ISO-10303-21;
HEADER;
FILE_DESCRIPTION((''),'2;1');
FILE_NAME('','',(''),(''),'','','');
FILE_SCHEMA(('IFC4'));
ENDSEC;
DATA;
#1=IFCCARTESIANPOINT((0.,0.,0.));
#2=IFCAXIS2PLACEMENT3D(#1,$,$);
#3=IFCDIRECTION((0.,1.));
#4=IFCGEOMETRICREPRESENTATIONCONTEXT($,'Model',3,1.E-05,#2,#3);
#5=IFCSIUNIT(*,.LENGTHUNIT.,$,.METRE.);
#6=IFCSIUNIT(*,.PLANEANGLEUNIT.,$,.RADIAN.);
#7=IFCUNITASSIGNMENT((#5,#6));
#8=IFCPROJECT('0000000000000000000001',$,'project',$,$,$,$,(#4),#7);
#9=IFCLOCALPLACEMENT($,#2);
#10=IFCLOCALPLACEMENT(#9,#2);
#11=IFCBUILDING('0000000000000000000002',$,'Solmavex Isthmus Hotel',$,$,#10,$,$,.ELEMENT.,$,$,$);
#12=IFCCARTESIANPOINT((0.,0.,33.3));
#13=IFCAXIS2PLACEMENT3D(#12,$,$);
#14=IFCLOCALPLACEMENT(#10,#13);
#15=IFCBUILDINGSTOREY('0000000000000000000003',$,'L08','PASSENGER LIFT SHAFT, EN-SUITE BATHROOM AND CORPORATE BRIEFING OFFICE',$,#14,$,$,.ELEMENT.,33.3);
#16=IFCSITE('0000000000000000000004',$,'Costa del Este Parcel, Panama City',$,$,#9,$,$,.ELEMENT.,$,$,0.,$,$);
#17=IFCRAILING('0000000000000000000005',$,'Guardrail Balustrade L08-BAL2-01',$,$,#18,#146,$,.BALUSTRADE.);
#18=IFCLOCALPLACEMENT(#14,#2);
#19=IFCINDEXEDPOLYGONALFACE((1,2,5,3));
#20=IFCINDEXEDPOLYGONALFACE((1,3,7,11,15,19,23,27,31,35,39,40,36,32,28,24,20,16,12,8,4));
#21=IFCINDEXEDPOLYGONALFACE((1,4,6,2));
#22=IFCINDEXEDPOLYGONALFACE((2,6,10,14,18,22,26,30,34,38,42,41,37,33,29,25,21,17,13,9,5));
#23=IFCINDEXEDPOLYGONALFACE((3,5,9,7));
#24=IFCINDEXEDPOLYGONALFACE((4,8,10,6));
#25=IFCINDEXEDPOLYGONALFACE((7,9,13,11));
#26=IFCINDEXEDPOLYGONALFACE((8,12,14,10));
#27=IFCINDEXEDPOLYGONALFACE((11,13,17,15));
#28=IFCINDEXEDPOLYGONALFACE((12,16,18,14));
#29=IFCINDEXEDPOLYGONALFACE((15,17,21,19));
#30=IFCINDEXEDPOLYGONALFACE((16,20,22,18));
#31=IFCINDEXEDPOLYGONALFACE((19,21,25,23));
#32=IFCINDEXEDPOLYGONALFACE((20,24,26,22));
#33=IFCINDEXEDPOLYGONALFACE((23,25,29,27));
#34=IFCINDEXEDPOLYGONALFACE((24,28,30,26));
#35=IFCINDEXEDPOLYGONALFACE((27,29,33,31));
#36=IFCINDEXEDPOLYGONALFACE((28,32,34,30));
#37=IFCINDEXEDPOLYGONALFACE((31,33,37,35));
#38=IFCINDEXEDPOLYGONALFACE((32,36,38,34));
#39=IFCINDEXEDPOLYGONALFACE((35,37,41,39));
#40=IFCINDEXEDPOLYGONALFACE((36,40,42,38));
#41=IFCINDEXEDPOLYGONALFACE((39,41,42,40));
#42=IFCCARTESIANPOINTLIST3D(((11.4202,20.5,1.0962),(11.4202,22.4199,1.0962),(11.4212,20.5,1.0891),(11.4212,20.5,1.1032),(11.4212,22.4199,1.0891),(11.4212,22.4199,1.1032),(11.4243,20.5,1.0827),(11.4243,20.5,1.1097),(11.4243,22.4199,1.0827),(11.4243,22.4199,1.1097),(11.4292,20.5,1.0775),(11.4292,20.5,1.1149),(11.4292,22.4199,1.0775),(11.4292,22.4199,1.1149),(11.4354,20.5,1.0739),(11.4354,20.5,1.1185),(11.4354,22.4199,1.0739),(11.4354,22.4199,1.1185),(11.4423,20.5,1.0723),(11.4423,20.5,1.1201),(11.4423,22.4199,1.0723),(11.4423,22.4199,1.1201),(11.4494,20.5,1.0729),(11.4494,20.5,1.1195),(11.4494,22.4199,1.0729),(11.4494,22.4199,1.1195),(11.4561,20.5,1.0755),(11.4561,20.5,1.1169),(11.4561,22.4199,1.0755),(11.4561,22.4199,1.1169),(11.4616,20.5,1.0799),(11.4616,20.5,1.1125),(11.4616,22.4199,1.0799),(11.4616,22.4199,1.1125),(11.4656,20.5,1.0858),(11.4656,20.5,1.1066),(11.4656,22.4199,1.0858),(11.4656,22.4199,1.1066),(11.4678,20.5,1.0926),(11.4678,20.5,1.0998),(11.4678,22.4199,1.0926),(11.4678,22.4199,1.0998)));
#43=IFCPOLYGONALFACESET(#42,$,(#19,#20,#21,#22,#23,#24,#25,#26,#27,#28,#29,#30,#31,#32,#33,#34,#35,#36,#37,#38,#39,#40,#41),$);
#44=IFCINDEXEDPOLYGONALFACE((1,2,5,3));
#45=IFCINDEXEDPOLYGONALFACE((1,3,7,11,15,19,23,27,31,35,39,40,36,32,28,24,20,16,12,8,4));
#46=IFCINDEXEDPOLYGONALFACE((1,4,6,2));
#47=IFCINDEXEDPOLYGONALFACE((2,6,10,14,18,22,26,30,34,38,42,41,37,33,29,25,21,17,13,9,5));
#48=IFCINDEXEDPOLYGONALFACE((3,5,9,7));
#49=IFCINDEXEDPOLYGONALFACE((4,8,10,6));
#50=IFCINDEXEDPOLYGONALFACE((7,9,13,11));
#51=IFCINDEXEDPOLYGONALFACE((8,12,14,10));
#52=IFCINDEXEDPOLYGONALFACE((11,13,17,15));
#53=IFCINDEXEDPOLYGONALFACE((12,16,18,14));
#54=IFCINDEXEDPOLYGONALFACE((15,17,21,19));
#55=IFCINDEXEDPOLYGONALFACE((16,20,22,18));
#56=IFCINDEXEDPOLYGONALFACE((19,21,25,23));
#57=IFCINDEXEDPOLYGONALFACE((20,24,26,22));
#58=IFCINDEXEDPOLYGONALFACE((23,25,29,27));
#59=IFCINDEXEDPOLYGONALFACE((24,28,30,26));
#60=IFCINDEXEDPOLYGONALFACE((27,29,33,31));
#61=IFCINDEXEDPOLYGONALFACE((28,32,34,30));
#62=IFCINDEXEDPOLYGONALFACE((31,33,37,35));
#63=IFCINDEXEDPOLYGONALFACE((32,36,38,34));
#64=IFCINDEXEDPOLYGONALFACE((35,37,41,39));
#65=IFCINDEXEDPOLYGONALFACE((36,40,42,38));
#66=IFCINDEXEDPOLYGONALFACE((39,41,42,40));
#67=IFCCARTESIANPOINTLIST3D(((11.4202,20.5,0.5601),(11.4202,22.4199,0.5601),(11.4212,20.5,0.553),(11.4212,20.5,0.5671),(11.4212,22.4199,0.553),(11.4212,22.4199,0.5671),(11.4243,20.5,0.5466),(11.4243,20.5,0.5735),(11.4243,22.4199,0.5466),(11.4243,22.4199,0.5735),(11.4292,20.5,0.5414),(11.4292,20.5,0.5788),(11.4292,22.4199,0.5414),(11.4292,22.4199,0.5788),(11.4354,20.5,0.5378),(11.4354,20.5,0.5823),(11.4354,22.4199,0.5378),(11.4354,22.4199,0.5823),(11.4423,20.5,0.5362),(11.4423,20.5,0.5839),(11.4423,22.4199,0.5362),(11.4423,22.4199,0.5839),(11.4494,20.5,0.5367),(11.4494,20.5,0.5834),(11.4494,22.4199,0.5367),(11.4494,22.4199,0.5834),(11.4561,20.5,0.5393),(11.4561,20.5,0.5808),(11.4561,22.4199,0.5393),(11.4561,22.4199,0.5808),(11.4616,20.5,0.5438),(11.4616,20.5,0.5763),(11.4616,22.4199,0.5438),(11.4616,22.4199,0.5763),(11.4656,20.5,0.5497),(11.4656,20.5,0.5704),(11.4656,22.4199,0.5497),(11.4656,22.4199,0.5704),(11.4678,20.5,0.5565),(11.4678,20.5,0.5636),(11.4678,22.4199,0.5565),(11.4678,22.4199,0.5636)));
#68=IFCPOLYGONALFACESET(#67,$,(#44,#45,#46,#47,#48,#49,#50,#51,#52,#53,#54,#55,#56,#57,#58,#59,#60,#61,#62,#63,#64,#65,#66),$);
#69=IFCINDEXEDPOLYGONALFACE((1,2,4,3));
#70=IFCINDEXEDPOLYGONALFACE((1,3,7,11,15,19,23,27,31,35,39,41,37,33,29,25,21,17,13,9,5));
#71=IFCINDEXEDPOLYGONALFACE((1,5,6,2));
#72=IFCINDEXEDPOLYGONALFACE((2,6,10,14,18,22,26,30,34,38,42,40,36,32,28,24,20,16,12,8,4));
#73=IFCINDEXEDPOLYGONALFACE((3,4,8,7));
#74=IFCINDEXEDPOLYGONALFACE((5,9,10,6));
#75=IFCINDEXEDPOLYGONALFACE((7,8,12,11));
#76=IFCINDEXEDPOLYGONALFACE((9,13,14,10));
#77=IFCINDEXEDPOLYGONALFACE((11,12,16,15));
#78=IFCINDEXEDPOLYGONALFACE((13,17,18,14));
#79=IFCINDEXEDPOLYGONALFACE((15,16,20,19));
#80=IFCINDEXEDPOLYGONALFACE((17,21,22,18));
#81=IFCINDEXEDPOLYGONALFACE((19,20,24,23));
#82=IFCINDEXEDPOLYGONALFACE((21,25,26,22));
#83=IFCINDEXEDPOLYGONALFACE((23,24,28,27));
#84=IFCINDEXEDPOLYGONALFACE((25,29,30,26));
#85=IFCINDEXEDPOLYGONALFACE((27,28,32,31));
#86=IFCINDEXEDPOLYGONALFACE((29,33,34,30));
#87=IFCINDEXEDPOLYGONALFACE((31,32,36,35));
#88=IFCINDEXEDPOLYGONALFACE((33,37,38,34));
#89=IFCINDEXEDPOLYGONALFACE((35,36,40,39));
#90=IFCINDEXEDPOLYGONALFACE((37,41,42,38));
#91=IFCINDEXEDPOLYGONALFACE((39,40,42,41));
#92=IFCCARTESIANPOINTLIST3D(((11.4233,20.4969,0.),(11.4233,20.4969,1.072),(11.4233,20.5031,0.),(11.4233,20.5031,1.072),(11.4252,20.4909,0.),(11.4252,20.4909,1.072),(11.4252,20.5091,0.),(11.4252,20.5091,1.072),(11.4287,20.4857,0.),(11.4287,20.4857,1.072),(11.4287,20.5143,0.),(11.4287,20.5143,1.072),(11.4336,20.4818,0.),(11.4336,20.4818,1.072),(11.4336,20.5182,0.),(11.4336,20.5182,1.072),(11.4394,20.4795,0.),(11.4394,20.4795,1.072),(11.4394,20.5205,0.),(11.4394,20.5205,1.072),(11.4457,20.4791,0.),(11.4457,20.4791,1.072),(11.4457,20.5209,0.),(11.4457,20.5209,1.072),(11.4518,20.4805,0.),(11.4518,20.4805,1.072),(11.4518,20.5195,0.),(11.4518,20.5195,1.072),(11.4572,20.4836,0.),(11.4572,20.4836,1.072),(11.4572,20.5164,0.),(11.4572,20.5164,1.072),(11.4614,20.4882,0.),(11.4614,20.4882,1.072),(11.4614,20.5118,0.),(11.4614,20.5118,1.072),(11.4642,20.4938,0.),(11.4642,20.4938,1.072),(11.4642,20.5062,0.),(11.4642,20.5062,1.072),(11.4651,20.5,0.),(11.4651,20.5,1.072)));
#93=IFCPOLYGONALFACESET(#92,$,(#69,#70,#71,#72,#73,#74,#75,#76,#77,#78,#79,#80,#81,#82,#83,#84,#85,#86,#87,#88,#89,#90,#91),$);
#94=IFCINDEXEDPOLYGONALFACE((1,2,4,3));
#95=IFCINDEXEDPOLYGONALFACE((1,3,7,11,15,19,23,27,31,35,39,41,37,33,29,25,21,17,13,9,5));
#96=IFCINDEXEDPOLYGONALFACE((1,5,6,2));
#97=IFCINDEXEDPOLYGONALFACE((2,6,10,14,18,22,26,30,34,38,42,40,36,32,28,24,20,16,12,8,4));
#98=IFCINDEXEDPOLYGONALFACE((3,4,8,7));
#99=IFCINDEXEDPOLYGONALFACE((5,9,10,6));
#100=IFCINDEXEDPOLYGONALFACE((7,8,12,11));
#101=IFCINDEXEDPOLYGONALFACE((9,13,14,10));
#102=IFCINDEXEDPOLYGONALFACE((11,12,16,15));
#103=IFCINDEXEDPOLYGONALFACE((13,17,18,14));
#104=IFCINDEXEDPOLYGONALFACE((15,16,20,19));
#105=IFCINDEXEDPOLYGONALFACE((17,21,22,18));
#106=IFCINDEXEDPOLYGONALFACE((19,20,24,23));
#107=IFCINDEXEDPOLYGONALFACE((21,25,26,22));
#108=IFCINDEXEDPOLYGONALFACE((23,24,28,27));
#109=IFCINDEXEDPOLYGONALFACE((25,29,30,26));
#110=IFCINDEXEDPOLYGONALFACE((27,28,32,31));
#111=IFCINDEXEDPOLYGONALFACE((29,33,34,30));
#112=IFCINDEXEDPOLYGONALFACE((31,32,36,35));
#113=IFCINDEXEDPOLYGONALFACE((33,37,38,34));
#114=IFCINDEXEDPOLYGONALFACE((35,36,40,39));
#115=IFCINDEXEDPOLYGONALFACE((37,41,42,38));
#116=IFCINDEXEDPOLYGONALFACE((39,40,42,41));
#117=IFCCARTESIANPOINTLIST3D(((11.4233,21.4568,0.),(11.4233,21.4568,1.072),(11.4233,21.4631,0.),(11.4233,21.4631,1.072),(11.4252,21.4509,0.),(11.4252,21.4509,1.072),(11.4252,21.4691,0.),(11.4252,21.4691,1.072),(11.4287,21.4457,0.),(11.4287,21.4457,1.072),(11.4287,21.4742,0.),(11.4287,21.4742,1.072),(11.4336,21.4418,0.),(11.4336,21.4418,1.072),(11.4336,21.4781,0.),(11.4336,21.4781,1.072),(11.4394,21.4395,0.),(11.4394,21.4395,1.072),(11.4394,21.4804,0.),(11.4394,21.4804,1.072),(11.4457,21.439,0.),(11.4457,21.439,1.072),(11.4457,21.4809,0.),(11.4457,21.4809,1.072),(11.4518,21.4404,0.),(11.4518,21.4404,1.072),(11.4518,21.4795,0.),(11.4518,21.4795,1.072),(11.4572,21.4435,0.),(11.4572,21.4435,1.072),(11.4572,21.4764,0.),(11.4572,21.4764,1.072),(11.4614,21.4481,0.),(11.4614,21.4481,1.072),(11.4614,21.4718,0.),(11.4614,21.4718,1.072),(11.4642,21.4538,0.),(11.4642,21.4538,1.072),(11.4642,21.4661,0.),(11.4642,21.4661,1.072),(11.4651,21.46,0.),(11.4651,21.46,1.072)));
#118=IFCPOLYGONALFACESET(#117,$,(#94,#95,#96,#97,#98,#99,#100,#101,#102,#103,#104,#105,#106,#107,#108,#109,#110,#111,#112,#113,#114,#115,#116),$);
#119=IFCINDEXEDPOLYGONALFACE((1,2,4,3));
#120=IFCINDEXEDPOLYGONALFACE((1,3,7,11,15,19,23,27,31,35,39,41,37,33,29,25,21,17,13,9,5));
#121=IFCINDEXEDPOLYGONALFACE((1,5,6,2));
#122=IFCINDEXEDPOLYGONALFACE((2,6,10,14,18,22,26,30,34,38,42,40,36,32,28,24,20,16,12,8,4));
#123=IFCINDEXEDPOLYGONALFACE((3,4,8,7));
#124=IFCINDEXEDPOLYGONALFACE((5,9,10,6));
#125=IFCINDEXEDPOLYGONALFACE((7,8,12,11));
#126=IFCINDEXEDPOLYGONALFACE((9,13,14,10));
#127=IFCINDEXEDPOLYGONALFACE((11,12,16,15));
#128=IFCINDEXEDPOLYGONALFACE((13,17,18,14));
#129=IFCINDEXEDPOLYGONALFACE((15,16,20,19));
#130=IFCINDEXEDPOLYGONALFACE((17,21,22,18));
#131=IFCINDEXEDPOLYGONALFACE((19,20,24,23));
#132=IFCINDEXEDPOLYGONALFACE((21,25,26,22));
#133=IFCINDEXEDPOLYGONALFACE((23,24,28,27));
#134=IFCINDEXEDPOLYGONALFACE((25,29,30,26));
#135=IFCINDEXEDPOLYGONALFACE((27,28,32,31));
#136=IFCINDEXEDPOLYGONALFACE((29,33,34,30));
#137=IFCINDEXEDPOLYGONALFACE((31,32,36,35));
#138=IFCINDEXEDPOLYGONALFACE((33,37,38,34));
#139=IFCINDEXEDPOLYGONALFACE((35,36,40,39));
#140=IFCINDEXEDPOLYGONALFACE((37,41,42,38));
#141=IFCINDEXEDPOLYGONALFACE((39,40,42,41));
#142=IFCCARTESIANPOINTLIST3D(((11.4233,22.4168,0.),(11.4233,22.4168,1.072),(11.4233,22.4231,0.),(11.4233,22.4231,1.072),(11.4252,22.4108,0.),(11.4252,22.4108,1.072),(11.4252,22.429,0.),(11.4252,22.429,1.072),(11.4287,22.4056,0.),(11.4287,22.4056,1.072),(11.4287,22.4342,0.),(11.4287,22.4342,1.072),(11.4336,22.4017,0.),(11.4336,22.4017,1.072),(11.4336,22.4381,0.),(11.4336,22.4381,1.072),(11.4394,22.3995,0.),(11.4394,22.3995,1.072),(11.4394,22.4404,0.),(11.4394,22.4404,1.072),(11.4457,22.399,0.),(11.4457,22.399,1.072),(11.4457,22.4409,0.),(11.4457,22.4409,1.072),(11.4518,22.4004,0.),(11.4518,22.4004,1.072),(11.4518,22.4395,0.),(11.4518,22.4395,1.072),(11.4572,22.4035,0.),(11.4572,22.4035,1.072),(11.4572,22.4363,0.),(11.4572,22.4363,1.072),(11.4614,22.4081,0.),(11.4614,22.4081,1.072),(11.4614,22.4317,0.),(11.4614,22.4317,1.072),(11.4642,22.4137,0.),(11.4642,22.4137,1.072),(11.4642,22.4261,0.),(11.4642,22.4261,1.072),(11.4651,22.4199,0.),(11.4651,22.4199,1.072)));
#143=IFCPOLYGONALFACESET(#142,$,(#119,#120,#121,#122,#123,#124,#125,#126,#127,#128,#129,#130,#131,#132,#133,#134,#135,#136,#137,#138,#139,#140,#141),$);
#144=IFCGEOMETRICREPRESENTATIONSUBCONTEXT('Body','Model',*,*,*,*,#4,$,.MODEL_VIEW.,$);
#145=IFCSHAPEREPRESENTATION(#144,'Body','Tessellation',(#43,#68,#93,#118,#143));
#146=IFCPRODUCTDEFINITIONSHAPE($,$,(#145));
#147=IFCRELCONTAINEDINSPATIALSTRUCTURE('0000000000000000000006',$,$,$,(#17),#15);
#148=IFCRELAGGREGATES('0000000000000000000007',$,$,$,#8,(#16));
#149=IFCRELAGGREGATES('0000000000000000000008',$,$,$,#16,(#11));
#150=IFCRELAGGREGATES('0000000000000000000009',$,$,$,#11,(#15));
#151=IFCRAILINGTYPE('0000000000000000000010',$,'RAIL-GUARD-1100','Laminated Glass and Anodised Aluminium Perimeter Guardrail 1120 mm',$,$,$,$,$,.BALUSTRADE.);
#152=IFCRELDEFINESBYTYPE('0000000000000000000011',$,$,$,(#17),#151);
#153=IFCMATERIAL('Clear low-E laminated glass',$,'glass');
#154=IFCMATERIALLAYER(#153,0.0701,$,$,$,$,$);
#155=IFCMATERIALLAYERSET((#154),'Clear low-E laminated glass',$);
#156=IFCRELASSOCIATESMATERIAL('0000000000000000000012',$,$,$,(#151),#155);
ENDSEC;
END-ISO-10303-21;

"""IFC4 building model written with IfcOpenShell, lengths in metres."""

from ifc_helpers import new_model, si_unit, direction, frame, origin, origin_2d, place, context, subcontext, project, spatial, circle, extrude, material, layer, layer_set, type_object, element, save


model = new_model("IFC4")

# Units and contexts
model_context = context("Model", 3, precision=1e-05, world=origin(), true_north=direction((0.0, 1.0)))
body_context = subcontext(model_context, "Body", "Model", "MODEL_VIEW")
ifc_project = project(units=[si_unit("LENGTHUNIT", "METRE"), si_unit("PLANEANGLEUNIT", "RADIAN")], contexts=[model_context])

# Site, building, storey
site_placement = place(None, origin())
site = spatial("IfcSite", under=ifc_project, at=site_placement, Name="Costa del Este Parcel, Panama City", CompositionType="ELEMENT", RefElevation=0.0)
building_placement = place(site_placement, origin())
building = spatial("IfcBuilding", under=site, at=building_placement, Name="Solmavex Isthmus Hotel", CompositionType="ELEMENT")
storey_placement = place(building_placement, frame((0.0, 0.0, 33.3)))
storey = spatial("IfcBuildingStorey", under=building, at=storey_placement, Name="L08", Description="PASSENGER LIFT SHAFT, EN-SUITE BATHROOM AND CORPORATE BRIEFING OFFICE", CompositionType="ELEMENT", Elevation=33.3)

# Shared definitions
ifc_material_1 = material(Name="Clear low-E laminated glass", Category="glass")

# Railing
ifc_layer_1 = layer(ifc_material_1, 0.0701)
ifc_layer_set_1 = layer_set([ifc_layer_1], Name="Clear low-E laminated glass")
railing_type = type_object("IfcRailingType", Name="RAIL-GUARD-1100", Description="Laminated Glass and Anodised Aluminium Perimeter Guardrail 1120 mm", PredefinedType="BALUSTRADE", material=ifc_layer_set_1)
railing_1_placement = place(storey_placement, frame((11.4441, 20.5, 0.0)))
element("IfcRailing", 1, at=railing_1_placement, inside=storey, type_object=railing_type, Name="Guardrail Balustrade L08-BAL2-01", PredefinedType="BALUSTRADE", context=body_context, shape_type="SweptSolid", body=[
    extrude(circle(Radius=0.0239, at=origin_2d()), frame((0.0, 0.0, 1.0962), z_axis=(0.0, 1.0, 0.0), x_axis=(-1.0, 0.0, 0.0)), (0.0, 0.0, 1.0), 1.9199),
    extrude(circle(Radius=0.0239, at=origin_2d()), frame((0.0, 0.0, 0.5601), z_axis=(0.0, 1.0, 0.0), x_axis=(-1.0, 0.0, 0.0)), (0.0, 0.0, 1.0), 1.9199),
    extrude(circle(Radius=0.021, at=origin_2d()), origin(), (0.0, 0.0, 1.0), 1.072),
    extrude(circle(Radius=0.021, at=origin_2d()), frame((0.0, 0.96, 0.0)), (0.0, 0.0, 1.0), 1.072),
    extrude(circle(Radius=0.021, at=origin_2d()), frame((0.0, 1.9199, 0.0)), (0.0, 0.0, 1.0), 1.072),
])

save(model, "model.ifc")
